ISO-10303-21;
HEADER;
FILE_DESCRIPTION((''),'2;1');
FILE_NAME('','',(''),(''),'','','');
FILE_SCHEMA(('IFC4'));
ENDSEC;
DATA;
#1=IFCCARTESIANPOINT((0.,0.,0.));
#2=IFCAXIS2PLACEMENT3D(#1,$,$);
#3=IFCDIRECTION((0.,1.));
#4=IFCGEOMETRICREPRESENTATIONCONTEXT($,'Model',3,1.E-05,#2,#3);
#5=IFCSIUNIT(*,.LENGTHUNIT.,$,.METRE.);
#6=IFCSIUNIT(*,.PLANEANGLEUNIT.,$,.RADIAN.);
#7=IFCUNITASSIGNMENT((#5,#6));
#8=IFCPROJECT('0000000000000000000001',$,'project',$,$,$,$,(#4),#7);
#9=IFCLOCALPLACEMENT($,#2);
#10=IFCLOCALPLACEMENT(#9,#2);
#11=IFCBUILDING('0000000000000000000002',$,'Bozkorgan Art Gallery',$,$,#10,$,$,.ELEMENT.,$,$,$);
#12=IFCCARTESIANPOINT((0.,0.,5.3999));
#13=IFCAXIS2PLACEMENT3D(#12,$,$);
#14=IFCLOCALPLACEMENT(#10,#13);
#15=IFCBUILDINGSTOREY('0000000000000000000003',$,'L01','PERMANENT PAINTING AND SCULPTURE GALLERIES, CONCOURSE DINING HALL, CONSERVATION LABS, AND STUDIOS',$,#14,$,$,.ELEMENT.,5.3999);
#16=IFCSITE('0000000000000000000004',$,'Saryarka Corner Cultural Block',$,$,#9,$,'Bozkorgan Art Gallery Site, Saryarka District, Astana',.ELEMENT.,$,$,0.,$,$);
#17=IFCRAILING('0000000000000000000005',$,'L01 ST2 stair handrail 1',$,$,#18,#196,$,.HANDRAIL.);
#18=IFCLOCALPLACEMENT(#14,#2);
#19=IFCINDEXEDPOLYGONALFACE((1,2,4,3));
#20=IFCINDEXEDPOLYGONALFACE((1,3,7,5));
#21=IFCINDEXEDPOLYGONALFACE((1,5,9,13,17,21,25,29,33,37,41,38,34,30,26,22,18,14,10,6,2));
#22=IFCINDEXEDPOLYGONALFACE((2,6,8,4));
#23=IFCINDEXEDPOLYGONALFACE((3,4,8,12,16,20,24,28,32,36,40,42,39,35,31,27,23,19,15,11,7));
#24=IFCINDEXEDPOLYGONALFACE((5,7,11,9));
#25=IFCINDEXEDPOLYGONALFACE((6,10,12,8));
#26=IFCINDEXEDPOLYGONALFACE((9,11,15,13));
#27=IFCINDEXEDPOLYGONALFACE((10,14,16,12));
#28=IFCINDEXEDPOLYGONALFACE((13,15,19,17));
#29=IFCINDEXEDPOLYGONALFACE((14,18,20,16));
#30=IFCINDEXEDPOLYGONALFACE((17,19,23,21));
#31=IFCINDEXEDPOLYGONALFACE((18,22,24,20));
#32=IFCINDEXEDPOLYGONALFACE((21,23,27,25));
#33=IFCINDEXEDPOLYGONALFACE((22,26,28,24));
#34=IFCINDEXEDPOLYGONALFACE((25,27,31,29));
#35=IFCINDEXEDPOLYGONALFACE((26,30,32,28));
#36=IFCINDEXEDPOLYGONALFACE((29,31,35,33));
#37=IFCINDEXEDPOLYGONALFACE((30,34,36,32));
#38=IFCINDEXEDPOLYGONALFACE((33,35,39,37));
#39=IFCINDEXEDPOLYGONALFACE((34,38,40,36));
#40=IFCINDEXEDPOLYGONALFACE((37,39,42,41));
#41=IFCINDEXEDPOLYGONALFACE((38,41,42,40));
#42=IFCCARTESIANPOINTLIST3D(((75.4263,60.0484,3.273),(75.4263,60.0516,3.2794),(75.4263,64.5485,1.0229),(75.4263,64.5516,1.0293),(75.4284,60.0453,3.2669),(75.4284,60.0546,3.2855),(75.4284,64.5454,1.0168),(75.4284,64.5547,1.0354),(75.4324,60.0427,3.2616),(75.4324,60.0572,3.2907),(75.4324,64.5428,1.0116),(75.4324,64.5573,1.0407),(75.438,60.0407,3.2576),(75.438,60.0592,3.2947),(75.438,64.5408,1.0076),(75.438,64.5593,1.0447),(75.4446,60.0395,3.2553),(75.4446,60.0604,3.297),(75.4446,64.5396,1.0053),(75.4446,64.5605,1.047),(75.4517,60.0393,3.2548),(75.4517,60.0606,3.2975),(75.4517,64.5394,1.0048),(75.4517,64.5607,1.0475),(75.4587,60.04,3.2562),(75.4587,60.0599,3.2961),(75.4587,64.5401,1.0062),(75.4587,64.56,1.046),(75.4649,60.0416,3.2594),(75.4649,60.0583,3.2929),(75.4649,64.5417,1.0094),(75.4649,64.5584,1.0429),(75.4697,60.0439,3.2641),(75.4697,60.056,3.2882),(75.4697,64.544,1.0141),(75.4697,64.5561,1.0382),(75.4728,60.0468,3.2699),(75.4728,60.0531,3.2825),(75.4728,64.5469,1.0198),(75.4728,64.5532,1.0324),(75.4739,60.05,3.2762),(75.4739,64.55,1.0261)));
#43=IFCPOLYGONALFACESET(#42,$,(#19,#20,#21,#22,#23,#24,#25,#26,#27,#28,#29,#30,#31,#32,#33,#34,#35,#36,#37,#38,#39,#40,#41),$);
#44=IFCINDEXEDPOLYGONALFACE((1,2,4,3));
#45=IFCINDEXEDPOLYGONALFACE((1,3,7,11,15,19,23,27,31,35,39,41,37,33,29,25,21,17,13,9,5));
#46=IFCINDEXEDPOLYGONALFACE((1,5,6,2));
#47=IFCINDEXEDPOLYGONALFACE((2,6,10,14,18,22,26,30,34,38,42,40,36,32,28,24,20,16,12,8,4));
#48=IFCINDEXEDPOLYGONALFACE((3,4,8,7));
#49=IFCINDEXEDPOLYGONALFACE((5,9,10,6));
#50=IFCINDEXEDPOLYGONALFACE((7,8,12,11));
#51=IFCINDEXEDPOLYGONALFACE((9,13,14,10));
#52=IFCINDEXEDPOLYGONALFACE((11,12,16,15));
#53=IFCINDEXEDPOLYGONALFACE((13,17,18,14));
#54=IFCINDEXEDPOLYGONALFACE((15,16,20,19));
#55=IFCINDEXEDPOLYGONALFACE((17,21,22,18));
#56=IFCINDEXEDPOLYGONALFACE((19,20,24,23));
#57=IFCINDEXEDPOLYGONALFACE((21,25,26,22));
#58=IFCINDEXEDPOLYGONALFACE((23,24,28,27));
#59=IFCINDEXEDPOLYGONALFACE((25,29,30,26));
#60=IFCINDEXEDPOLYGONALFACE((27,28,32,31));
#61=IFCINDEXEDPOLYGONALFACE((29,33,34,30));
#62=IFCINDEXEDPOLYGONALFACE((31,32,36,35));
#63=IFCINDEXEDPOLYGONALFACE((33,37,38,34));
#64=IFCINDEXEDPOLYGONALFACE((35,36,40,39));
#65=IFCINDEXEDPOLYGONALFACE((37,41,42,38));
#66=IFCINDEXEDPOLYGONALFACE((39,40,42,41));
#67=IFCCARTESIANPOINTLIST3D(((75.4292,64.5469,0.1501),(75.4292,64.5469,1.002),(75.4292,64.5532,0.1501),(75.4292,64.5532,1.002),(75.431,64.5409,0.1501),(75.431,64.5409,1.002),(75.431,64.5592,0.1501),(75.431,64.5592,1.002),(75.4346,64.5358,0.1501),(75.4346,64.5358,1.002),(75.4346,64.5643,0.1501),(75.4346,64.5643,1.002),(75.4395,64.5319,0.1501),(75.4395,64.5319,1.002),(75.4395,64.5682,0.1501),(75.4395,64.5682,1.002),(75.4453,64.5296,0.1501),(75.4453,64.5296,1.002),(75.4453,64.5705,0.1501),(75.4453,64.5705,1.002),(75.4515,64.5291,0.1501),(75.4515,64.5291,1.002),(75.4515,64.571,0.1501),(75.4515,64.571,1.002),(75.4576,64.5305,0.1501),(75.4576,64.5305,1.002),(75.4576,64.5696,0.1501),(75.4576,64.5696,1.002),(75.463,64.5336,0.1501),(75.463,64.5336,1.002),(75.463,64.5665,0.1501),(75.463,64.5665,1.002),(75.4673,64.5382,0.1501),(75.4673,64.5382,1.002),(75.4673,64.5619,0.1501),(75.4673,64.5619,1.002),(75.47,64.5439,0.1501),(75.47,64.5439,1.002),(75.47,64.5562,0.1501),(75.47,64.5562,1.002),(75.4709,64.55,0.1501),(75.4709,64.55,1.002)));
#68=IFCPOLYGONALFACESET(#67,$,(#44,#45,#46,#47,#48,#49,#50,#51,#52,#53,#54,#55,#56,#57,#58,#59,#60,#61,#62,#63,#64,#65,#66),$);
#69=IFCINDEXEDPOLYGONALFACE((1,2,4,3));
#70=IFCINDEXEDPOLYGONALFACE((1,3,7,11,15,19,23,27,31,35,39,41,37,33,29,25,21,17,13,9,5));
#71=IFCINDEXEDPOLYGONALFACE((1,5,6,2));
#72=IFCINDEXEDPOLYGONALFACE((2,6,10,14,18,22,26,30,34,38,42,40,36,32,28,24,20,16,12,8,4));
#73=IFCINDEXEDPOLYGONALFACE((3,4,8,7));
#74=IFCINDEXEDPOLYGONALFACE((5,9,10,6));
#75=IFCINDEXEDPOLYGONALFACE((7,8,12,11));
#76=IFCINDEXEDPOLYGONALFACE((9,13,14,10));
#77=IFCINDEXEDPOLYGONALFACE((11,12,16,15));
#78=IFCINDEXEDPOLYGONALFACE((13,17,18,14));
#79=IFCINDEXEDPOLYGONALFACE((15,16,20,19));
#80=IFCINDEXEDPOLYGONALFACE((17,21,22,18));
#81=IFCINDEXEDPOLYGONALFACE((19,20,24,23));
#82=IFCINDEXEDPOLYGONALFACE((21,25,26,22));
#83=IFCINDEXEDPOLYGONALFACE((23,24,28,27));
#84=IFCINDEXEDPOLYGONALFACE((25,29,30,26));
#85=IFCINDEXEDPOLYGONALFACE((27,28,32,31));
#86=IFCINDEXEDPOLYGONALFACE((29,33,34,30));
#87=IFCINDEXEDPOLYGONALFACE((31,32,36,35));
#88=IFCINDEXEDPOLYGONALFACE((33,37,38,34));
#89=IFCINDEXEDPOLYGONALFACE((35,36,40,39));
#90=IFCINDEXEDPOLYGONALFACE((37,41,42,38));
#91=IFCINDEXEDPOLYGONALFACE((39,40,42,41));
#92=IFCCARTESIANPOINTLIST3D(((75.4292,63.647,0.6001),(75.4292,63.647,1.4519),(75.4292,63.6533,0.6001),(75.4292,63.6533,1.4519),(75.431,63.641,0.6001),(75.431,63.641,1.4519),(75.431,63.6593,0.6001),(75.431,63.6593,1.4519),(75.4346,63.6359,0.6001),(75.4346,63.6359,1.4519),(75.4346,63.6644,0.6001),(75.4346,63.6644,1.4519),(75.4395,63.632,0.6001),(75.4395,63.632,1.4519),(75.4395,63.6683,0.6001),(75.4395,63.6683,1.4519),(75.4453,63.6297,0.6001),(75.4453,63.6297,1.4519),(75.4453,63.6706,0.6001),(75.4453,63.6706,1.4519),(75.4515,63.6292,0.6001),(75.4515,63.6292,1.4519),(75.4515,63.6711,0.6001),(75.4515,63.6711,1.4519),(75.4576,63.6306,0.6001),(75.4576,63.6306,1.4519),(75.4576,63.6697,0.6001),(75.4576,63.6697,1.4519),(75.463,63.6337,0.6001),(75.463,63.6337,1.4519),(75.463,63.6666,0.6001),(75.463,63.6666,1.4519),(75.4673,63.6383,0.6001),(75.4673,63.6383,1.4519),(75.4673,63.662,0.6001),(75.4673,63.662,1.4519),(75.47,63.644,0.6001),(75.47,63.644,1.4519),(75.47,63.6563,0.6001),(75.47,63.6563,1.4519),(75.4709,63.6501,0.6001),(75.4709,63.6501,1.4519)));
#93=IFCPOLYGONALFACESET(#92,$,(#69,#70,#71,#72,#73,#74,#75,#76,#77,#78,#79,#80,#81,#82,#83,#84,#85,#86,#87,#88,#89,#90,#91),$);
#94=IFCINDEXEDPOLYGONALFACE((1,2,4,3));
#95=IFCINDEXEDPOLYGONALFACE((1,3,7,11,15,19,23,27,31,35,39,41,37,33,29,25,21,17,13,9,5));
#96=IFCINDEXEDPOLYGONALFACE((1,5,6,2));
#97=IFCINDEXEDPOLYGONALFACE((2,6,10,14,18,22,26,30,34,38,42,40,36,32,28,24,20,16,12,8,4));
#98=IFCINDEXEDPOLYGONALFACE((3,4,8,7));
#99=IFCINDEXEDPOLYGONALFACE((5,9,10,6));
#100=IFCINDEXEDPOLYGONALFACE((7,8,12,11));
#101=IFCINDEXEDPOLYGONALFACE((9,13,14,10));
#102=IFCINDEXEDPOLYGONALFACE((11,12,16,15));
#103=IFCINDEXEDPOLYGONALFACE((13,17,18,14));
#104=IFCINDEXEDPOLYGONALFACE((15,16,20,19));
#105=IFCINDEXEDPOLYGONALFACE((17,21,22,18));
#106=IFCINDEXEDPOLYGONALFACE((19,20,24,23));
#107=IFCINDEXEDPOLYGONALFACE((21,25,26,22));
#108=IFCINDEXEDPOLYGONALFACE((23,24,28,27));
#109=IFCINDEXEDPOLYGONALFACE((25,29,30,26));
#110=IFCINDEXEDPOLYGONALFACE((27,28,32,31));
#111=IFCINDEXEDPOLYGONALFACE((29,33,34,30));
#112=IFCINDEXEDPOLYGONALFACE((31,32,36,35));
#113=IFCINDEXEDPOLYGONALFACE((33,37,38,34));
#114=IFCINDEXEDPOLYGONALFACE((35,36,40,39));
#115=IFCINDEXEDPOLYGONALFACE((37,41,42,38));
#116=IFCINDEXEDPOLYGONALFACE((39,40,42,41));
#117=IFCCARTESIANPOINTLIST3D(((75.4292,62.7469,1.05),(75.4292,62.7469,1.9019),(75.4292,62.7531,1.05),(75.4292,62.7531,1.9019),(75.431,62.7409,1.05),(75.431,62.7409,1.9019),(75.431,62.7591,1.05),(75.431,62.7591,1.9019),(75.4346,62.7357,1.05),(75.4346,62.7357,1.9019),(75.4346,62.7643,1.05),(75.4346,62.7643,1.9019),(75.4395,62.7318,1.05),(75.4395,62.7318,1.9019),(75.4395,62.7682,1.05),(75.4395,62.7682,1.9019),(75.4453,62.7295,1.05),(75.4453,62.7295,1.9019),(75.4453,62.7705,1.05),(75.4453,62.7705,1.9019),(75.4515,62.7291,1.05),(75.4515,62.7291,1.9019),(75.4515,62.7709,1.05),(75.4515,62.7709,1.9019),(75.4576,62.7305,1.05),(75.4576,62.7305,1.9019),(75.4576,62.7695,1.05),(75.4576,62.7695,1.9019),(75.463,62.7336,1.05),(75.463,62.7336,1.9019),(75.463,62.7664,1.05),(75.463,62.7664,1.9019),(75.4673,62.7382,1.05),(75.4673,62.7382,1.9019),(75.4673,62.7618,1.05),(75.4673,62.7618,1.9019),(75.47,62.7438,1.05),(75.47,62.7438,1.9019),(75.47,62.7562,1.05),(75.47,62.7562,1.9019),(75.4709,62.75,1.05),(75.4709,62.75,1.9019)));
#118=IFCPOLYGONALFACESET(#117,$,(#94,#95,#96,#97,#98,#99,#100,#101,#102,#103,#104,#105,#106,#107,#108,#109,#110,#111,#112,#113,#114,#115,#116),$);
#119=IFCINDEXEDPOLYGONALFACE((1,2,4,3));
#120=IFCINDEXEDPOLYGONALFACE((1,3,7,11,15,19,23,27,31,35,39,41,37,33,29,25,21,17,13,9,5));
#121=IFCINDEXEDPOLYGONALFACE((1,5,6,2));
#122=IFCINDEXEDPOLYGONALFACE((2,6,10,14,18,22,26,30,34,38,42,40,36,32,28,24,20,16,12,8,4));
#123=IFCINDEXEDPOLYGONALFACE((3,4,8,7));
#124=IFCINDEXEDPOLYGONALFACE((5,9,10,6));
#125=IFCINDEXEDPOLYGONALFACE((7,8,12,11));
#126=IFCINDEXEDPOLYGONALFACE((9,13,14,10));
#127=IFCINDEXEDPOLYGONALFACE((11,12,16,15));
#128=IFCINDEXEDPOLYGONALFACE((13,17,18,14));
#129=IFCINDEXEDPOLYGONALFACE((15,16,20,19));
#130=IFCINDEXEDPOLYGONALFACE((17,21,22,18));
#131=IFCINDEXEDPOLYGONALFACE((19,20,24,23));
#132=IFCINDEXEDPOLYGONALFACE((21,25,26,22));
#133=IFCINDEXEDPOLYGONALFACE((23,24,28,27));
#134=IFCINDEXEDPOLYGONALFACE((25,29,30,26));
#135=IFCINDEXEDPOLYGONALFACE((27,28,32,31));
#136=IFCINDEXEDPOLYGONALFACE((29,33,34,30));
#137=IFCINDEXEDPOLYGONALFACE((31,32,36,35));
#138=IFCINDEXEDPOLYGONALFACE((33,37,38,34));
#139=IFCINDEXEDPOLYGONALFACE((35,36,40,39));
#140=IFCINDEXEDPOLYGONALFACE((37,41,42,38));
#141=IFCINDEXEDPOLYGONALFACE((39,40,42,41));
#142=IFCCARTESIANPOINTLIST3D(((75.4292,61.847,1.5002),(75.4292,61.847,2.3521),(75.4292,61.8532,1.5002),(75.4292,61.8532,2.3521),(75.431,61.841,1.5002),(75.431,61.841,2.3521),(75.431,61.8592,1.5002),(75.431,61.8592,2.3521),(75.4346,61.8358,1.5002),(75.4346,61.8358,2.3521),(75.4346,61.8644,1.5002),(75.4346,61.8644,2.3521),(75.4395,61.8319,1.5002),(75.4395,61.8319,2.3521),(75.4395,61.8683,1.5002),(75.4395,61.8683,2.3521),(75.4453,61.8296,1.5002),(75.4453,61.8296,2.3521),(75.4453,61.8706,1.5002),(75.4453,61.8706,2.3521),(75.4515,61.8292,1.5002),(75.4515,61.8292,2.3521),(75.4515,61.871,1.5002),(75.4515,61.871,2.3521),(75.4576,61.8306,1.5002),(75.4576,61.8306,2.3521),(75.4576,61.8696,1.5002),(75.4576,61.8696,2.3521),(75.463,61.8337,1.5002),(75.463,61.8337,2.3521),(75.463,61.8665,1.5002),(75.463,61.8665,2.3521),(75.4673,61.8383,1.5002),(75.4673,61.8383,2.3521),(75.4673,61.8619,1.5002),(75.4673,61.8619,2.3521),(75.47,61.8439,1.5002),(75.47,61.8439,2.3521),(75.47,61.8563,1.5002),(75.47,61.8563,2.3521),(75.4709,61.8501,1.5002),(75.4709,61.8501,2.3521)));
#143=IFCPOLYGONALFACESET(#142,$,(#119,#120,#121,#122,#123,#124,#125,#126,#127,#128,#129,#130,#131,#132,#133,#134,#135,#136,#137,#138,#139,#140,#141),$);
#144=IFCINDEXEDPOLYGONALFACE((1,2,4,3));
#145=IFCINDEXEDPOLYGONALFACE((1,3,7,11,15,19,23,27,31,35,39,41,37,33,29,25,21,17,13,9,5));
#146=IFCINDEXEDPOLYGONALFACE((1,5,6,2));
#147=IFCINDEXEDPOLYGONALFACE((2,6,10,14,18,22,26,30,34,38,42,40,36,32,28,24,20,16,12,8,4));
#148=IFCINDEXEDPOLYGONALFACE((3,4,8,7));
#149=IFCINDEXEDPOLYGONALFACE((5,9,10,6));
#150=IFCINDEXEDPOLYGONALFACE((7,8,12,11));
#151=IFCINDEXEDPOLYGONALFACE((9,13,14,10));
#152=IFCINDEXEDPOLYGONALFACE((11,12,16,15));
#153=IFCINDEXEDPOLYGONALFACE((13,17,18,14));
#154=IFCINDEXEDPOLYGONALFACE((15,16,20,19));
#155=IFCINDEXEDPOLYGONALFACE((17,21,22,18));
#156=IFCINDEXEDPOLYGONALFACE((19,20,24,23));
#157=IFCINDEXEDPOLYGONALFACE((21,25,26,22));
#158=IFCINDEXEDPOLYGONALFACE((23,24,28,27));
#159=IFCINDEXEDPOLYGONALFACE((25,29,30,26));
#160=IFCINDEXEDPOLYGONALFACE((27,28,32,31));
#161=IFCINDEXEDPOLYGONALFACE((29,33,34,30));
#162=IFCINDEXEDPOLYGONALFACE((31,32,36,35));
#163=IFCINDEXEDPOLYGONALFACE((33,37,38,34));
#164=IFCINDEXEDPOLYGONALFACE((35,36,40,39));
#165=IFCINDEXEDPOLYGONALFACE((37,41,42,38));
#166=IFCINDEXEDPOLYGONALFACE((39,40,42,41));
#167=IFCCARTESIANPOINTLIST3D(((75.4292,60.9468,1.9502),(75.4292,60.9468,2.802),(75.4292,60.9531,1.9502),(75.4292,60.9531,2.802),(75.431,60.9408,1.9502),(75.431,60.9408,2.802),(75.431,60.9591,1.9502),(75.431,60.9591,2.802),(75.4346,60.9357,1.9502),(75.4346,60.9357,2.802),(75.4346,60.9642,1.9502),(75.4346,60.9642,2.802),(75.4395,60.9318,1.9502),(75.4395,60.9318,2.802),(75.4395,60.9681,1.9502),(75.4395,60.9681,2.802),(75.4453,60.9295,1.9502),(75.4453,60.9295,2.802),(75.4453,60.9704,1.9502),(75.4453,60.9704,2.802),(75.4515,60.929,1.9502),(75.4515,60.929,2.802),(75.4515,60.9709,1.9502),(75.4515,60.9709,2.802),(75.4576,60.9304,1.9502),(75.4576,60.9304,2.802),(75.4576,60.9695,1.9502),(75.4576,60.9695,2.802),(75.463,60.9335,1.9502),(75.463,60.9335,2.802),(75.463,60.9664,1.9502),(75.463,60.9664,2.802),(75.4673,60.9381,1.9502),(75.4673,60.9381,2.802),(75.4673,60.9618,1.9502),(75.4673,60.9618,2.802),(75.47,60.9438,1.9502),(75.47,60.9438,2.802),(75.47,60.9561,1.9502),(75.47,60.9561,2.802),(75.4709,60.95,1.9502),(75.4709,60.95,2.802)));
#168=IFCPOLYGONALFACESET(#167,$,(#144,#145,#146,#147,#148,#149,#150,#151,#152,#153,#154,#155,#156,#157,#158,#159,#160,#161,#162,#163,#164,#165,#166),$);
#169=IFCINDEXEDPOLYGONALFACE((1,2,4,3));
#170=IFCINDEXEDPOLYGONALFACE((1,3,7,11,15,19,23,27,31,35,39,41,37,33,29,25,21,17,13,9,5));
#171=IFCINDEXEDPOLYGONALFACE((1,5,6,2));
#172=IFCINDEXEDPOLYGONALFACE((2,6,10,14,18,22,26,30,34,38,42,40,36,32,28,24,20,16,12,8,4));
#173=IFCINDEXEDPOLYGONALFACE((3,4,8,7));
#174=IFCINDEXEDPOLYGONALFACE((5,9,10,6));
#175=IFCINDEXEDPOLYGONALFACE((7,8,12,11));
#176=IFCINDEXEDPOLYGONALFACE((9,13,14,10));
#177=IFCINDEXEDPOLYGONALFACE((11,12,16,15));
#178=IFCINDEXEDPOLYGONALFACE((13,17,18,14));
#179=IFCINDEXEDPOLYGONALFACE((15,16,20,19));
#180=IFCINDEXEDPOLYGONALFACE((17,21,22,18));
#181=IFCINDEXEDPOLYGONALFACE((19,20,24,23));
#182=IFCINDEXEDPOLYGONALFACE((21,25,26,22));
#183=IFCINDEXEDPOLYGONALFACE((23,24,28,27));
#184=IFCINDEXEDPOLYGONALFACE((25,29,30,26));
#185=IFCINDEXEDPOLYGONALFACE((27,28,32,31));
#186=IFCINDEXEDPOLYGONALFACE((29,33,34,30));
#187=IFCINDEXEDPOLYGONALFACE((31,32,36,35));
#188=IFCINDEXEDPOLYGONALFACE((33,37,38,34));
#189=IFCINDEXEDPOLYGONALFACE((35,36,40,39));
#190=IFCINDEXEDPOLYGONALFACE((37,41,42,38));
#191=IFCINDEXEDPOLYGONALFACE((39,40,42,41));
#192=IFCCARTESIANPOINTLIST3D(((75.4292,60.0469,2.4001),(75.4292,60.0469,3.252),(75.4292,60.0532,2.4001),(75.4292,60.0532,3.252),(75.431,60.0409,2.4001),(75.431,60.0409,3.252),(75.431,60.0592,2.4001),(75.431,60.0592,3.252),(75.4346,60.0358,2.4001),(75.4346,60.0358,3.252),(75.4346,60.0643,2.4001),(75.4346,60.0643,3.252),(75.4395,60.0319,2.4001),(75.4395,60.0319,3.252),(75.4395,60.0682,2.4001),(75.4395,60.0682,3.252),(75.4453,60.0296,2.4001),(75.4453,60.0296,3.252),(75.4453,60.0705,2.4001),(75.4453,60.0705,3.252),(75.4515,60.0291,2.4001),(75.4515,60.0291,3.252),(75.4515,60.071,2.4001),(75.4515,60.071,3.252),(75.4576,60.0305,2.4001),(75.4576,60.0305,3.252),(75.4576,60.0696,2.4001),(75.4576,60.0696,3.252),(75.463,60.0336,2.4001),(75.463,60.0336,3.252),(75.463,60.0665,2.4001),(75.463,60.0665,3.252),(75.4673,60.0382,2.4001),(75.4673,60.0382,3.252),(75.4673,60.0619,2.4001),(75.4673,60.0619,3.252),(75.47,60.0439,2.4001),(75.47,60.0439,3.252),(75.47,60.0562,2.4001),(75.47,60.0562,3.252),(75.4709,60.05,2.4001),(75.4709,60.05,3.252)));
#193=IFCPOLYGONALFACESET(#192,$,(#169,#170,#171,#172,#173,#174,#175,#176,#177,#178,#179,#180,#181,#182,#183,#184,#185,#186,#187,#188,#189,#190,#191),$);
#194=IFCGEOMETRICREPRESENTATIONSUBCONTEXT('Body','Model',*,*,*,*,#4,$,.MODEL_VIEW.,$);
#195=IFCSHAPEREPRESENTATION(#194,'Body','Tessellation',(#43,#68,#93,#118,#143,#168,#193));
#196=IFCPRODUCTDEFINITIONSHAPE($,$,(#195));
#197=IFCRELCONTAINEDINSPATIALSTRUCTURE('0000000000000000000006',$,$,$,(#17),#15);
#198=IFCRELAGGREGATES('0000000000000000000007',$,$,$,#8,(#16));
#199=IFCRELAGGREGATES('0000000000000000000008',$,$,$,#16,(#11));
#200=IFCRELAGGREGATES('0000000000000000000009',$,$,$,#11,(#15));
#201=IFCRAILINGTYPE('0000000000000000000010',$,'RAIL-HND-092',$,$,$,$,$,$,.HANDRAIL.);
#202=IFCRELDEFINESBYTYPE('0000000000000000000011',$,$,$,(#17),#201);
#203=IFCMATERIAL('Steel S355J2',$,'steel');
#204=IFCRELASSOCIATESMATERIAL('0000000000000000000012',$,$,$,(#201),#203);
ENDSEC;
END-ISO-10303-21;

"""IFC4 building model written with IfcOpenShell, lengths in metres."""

from ifc_helpers import new_model, si_unit, direction, frame, origin, origin_2d, place, context, subcontext, project, spatial, circle, extrude, material, type_object, element, save


model = new_model("IFC4")

# Units and contexts
model_context = context("Model", 3, precision=1e-05, world=origin(), true_north=direction((0.0, 1.0)))
body_context = subcontext(model_context, "Body", "Model", "MODEL_VIEW")
ifc_project = project(units=[si_unit("LENGTHUNIT", "METRE"), si_unit("PLANEANGLEUNIT", "RADIAN")], contexts=[model_context])

# Site, building, storey
site_placement = place(None, origin())
site = spatial("IfcSite", under=ifc_project, at=site_placement, Name="Saryarka Corner Cultural Block", LongName="Bozkorgan Art Gallery Site, Saryarka District, Astana", CompositionType="ELEMENT", RefElevation=0.0)
building_placement = place(site_placement, origin())
building = spatial("IfcBuilding", under=site, at=building_placement, Name="Bozkorgan Art Gallery", CompositionType="ELEMENT")
storey_placement = place(building_placement, frame((0.0, 0.0, 5.3999)))
storey = spatial("IfcBuildingStorey", under=building, at=storey_placement, Name="L01", Description="PERMANENT PAINTING AND SCULPTURE GALLERIES, CONCOURSE DINING HALL, CONSERVATION LABS, AND STUDIOS", CompositionType="ELEMENT", Elevation=5.3999)

# Railing
ifc_material_1 = material(Name="Steel S355J2", Category="steel")
railing_type_1 = type_object("IfcRailingType", Name="RAIL-HND-092", PredefinedType="HANDRAIL", material=ifc_material_1)
railing_1_placement = place(storey_placement, frame((75.45, 64.55, 0.1501)))
element("IfcRailing", 1, at=railing_1_placement, inside=storey, type_object=railing_type_1, Name="L01 ST2 stair handrail 1", PredefinedType="HANDRAIL", context=body_context, shape_type="SweptSolid", body=[
    extrude(circle(Radius=0.0239, at=origin_2d()), frame((0.0, 0.0, 0.876), z_axis=(0.0, -0.894427, 0.447214), x_axis=(1.0, 0.0, 0.0)), (0.0, 0.0, 1.0), 5.0312),
    extrude(circle(Radius=0.021, at=origin_2d()), origin(), (0.0, 0.0, 1.0), 0.8518),
    extrude(circle(Radius=0.021, at=origin_2d()), frame((0.0, -0.8999, 0.45)), (0.0, 0.0, 1.0), 0.8518),
    extrude(circle(Radius=0.021, at=origin_2d()), frame((0.0, -1.8, 0.8999)), (0.0, 0.0, 1.0), 0.8518),
    extrude(circle(Radius=0.021, at=origin_2d()), frame((0.0, -2.7, 1.3501)), (0.0, 0.0, 1.0), 0.8518),
    extrude(circle(Radius=0.021, at=origin_2d()), frame((0.0, -3.6001, 1.8)), (0.0, 0.0, 1.0), 0.8518),
    extrude(circle(Radius=0.021, at=origin_2d()), frame((0.0, -4.5, 2.25)), (0.0, 0.0, 1.0), 0.8518),
])

save(model, "model.ifc")
